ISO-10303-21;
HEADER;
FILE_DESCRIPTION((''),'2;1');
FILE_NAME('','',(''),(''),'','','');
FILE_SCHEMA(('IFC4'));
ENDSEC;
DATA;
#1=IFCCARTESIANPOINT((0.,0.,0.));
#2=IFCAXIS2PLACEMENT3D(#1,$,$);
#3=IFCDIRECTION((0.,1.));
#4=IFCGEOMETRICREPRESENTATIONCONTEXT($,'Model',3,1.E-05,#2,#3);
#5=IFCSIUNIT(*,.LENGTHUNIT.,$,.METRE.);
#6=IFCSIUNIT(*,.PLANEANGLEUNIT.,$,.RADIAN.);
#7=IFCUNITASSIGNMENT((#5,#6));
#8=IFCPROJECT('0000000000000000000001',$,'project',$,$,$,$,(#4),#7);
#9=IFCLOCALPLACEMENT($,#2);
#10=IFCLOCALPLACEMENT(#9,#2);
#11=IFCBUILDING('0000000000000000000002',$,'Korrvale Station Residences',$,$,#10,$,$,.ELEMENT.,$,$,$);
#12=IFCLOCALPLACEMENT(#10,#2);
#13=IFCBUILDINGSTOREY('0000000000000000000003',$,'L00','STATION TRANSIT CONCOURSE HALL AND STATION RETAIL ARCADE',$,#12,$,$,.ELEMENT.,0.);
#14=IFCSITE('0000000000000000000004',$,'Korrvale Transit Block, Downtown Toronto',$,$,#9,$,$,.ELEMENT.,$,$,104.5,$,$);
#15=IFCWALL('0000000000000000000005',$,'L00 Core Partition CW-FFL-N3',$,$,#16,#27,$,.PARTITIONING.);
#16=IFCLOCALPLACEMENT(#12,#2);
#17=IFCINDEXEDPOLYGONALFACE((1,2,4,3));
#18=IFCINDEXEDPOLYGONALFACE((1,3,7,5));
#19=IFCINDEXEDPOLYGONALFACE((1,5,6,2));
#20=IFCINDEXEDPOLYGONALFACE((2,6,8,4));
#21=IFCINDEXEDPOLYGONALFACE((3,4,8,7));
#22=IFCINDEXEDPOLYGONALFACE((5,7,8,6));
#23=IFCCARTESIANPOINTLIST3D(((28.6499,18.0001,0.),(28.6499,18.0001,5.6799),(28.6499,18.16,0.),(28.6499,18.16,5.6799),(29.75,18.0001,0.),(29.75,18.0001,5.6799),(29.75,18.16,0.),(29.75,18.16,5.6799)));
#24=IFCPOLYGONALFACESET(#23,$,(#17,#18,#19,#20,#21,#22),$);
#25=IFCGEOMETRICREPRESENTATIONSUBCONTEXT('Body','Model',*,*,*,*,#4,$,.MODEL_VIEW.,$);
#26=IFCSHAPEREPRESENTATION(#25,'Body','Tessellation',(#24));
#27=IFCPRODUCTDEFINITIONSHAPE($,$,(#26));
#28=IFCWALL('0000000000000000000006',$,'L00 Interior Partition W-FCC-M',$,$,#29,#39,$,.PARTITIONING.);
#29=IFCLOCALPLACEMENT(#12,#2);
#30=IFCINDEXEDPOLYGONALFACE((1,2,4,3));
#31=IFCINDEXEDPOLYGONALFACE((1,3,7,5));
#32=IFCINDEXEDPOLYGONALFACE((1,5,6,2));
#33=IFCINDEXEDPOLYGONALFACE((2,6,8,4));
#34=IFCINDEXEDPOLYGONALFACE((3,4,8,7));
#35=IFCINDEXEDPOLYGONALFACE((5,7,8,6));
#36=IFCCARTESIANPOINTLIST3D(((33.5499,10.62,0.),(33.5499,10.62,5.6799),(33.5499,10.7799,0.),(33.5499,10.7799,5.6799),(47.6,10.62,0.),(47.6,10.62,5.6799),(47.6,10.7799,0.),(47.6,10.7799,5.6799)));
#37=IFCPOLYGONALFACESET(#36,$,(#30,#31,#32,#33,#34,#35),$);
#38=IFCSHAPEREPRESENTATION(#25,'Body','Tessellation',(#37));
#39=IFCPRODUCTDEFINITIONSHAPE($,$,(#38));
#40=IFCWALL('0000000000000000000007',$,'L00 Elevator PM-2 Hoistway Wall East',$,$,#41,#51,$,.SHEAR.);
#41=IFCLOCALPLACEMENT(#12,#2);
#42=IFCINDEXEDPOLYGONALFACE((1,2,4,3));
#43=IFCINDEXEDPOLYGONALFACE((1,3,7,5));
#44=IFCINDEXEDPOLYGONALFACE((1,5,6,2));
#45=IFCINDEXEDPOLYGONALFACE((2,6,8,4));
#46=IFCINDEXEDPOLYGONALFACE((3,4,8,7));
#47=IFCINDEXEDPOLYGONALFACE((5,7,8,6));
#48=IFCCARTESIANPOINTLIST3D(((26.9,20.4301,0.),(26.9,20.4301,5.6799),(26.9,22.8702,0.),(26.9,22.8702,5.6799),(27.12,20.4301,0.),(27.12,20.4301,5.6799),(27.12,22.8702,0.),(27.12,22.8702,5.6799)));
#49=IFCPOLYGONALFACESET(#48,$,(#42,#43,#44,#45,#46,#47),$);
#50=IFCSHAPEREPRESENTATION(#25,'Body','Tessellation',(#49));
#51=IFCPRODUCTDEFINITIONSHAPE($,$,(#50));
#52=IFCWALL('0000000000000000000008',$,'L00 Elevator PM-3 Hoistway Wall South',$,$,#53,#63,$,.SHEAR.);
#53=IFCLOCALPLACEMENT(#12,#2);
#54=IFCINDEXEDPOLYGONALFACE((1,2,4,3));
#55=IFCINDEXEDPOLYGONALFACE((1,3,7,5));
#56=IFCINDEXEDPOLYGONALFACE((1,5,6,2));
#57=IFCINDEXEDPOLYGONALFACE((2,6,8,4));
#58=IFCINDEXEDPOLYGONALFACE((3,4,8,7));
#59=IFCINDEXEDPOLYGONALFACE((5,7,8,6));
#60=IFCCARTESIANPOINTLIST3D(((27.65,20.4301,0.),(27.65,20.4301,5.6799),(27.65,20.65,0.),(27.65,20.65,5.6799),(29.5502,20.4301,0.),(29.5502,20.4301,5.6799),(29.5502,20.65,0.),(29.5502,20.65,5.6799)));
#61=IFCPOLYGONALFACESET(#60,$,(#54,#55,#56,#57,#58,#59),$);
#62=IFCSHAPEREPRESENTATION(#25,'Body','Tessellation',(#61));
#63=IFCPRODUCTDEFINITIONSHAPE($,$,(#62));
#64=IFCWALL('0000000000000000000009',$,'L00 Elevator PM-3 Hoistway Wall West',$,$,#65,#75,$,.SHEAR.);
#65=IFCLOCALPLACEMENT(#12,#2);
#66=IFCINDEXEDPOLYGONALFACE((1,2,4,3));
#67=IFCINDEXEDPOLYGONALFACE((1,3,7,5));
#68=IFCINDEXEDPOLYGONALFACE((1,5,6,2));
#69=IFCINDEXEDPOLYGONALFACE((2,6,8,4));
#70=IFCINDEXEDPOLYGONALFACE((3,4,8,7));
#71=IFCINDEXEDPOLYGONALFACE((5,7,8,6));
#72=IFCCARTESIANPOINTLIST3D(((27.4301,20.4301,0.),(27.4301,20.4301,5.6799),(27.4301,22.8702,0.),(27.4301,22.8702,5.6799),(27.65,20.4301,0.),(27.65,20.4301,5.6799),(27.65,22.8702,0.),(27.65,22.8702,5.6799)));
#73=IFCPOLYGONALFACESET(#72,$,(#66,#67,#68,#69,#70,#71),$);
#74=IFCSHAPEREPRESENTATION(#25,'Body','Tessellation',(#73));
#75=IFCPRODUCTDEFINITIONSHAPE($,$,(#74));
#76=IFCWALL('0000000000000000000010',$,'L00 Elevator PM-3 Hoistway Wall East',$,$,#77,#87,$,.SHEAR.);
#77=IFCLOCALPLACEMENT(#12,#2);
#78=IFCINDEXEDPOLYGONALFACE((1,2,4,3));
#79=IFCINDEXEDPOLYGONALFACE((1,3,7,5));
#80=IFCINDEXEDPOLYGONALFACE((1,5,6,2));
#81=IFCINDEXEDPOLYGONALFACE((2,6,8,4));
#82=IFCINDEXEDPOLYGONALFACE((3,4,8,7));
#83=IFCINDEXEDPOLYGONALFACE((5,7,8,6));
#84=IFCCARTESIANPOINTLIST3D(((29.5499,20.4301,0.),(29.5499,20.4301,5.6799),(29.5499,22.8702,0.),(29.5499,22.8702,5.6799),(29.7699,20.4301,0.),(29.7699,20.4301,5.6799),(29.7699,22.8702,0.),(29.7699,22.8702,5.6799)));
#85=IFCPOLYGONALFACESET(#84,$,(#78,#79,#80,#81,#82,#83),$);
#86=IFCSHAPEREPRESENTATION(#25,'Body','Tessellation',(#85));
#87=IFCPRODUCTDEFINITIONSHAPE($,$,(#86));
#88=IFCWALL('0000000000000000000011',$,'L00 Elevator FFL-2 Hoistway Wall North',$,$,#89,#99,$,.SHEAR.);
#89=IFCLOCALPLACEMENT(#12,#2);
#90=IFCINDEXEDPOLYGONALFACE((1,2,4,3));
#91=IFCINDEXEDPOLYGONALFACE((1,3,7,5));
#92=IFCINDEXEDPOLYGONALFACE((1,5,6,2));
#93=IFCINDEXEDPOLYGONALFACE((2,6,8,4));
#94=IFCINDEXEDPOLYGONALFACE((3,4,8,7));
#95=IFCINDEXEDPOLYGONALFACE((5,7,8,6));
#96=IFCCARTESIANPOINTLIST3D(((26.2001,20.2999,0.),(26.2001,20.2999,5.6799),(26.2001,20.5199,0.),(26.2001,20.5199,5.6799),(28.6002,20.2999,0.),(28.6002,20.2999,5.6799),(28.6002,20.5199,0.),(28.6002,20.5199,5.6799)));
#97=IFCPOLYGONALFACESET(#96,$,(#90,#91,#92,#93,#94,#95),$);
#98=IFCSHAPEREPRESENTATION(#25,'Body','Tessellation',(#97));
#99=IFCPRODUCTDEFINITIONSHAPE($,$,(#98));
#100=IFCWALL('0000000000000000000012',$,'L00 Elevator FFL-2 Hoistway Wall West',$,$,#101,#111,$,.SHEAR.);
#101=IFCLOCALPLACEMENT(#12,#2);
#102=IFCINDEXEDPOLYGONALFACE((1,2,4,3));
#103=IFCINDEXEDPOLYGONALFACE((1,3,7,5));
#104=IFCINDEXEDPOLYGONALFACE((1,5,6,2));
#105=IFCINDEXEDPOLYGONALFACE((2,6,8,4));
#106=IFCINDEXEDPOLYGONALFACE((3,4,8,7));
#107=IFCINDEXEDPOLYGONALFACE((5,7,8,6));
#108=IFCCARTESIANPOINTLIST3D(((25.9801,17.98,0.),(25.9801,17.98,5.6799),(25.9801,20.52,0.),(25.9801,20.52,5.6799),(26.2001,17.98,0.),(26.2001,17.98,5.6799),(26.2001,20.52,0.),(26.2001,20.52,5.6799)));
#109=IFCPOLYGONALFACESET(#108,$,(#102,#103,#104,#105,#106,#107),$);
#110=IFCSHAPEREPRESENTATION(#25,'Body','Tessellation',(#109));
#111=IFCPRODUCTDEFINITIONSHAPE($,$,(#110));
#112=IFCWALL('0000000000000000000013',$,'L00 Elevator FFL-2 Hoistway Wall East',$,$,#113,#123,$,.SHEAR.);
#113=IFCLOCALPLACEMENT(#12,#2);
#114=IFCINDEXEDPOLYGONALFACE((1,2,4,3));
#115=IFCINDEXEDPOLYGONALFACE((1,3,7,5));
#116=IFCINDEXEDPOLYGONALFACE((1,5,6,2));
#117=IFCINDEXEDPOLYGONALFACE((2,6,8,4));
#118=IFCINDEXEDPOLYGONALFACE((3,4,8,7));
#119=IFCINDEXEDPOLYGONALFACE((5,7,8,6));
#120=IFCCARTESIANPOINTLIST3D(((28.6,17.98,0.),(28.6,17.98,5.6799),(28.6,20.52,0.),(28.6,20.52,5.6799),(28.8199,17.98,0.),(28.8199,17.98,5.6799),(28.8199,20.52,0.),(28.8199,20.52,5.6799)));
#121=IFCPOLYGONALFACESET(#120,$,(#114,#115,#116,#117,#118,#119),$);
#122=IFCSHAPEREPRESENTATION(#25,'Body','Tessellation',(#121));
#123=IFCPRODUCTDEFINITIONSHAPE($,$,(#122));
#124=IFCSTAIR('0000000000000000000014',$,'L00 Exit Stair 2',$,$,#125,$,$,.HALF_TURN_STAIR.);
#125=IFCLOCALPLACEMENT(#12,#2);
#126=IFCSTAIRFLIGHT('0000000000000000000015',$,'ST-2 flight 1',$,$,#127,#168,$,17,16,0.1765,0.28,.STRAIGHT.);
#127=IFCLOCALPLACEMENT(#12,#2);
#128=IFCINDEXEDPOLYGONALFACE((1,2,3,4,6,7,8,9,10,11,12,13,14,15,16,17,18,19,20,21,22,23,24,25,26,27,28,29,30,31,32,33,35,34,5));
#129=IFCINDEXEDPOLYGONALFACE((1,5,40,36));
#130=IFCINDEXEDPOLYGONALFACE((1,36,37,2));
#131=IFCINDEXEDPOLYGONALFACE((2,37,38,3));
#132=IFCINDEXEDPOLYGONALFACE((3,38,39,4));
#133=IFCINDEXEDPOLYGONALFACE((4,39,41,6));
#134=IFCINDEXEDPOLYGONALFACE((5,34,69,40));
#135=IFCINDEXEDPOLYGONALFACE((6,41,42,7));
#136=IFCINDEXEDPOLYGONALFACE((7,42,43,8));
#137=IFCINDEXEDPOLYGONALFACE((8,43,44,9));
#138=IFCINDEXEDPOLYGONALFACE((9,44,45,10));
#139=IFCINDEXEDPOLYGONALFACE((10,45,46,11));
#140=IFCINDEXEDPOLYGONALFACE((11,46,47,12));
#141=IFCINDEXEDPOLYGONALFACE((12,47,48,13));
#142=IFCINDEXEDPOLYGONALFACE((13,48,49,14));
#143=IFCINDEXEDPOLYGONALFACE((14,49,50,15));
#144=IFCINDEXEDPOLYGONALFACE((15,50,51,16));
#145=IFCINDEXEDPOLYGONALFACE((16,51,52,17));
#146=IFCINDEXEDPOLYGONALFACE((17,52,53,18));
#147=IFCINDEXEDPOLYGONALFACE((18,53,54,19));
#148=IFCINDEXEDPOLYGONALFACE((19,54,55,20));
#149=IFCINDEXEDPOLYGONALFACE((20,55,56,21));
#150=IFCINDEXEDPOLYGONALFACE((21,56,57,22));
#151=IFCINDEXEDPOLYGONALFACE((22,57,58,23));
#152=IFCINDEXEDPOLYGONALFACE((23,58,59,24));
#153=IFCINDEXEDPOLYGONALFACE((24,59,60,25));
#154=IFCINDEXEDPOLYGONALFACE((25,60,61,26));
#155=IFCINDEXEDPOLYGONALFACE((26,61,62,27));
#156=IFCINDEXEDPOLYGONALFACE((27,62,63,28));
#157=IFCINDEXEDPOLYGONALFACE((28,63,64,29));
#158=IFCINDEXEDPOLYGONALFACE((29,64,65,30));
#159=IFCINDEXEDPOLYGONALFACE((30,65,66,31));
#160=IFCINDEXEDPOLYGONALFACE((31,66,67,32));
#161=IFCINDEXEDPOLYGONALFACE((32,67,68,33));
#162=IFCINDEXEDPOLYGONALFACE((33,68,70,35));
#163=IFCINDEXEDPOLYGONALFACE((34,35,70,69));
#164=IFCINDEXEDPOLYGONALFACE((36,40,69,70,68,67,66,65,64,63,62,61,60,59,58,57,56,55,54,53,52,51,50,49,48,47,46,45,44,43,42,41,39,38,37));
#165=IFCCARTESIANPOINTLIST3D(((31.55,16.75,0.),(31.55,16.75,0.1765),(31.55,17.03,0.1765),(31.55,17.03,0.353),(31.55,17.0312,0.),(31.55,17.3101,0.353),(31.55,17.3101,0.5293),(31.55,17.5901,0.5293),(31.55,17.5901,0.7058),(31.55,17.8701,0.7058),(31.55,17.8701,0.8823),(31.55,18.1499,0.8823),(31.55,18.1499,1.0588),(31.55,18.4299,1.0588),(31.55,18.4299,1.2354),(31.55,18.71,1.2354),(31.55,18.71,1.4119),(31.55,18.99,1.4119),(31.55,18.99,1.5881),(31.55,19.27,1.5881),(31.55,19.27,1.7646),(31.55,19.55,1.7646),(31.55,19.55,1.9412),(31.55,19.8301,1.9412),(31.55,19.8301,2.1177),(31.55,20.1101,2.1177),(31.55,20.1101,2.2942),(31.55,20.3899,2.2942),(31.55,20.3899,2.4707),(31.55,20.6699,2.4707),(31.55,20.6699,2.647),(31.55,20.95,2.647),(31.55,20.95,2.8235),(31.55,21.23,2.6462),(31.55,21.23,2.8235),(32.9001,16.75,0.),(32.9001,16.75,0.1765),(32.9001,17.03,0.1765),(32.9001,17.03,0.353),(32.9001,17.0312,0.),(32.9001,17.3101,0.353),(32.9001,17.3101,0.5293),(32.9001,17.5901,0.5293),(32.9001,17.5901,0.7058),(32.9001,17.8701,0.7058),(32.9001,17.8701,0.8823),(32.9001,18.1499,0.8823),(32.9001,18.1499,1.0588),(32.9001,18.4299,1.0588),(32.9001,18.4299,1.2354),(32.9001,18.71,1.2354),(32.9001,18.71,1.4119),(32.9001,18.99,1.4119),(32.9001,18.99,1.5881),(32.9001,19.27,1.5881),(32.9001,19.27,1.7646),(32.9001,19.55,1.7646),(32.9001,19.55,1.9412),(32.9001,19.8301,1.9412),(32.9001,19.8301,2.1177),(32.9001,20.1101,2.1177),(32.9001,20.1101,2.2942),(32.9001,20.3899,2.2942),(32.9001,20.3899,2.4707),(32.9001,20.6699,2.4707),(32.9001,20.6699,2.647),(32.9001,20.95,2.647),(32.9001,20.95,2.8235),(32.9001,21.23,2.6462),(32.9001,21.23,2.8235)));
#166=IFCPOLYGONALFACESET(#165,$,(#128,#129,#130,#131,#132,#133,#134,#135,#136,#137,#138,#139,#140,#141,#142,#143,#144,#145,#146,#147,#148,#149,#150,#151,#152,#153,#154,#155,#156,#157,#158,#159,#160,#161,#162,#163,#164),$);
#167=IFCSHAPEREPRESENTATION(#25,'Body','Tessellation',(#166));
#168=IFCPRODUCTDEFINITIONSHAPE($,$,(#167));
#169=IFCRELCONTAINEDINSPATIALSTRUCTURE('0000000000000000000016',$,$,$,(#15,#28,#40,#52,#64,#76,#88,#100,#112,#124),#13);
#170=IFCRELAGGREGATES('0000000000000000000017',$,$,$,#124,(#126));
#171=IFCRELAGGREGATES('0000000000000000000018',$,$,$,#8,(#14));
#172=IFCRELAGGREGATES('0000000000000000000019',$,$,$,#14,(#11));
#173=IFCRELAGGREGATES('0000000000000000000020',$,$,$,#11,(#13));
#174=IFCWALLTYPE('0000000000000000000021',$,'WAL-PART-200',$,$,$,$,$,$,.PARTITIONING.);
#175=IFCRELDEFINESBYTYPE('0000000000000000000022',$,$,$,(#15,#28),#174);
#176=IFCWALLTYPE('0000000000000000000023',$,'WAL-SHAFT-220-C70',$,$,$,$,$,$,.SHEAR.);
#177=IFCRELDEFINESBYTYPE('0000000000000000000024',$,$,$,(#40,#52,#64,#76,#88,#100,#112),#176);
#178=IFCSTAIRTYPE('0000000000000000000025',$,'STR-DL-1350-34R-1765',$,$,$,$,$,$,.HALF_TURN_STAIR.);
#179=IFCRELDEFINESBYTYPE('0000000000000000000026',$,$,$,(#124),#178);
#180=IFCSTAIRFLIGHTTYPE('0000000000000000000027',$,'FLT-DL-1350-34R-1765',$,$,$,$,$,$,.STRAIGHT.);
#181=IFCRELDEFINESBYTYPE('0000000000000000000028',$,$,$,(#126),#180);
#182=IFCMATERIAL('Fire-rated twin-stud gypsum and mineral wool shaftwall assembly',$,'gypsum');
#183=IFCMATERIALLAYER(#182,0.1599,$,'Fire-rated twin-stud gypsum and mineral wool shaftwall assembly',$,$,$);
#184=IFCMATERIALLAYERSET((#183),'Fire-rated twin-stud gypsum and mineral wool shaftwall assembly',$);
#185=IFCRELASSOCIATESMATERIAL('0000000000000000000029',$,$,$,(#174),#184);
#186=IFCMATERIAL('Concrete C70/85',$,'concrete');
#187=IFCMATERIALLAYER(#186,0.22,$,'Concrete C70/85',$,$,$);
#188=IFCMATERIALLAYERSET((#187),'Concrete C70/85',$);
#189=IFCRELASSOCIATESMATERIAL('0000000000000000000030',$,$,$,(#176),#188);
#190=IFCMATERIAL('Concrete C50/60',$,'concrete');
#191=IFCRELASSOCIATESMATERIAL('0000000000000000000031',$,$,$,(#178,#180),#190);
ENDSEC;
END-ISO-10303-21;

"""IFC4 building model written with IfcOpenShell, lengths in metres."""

from ifc_helpers import new_model, si_unit, direction, frame, frame_2d, origin, place, context, subcontext, project, spatial, polyline, rectangle, outline, extrude, material, layer, layer_set, type_object, element, aggregate, save


model = new_model("IFC4")

# Units and contexts
model_context = context("Model", 3, precision=1e-05, world=origin(), true_north=direction((0.0, 1.0)))
body_context = subcontext(model_context, "Body", "Model", "MODEL_VIEW")
ifc_project = project(units=[si_unit("LENGTHUNIT", "METRE"), si_unit("PLANEANGLEUNIT", "RADIAN")], contexts=[model_context])

# Site, building, storey
site_placement = place(None, origin())
site = spatial("IfcSite", under=ifc_project, at=site_placement, Name="Korrvale Transit Block, Downtown Toronto", CompositionType="ELEMENT", RefElevation=104.5)
building_placement = place(site_placement, origin())
building = spatial("IfcBuilding", under=site, at=building_placement, Name="Korrvale Station Residences", CompositionType="ELEMENT")
storey_placement = place(building_placement, origin())
storey = spatial("IfcBuildingStorey", under=building, at=storey_placement, Name="L00", Description="STATION TRANSIT CONCOURSE HALL AND STATION RETAIL ARCADE", CompositionType="ELEMENT", Elevation=0.0)

# Shared definitions
ifc_material_1 = material(Name="Concrete C70/85", Category="concrete")

# Walls
ifc_material_2 = material(Name="Fire-rated twin-stud gypsum and mineral wool shaftwall assembly", Category="gypsum")
ifc_layer_1 = layer(ifc_material_2, 0.1599, Name="Fire-rated twin-stud gypsum and mineral wool shaftwall assembly")
ifc_layer_set_1 = layer_set([ifc_layer_1], Name="Fire-rated twin-stud gypsum and mineral wool shaftwall assembly")
wall_type_1 = type_object("IfcWallType", Name="WAL-PART-200", PredefinedType="PARTITIONING", material=ifc_layer_set_1)
wall_1_placement = place(storey_placement, frame((28.6499, 18.0801, 0.0), z_axis=(0.0, 0.0, 1.0), x_axis=(1.0, 0.0, 0.0)))
element("IfcWall", 1, at=wall_1_placement, inside=storey, type_object=wall_type_1, Name="L00 Core Partition CW-FFL-N3", PredefinedType="PARTITIONING", context=body_context, shape_type="SweptSolid", body=[
    extrude(rectangle(XDim=1.1001, YDim=0.1599, at=frame_2d((0.55, 0.0))), origin(), (0.0, 0.0, 1.0), 5.6799),
])
wall_2_placement = place(storey_placement, frame((33.55, 10.7, 0.0), z_axis=(0.0, 0.0, 1.0), x_axis=(1.0, 0.0, 0.0)))
element("IfcWall", 2, at=wall_2_placement, inside=storey, type_object=wall_type_1, Name="L00 Interior Partition W-FCC-M", PredefinedType="PARTITIONING", context=body_context, shape_type="SweptSolid", body=[
    extrude(rectangle(XDim=14.05, YDim=0.1599, at=frame_2d((7.0249, 0.0))), origin(), (0.0, 0.0, 1.0), 5.6799),
])
ifc_layer_2 = layer(ifc_material_1, 0.22, Name="Concrete C70/85")
ifc_layer_set_2 = layer_set([ifc_layer_2], Name="Concrete C70/85")
wall_type_2 = type_object("IfcWallType", Name="WAL-SHAFT-220-C70", PredefinedType="SHEAR", material=ifc_layer_set_2)
wall_3_placement = place(storey_placement, frame((27.01, 20.4299, 0.0), z_axis=(0.0, 0.0, 1.0), x_axis=(0.0, 1.0, 0.0)))
element("IfcWall", 3, at=wall_3_placement, inside=storey, type_object=wall_type_2, Name="L00 Elevator PM-2 Hoistway Wall East", PredefinedType="SHEAR", context=body_context, shape_type="SweptSolid", body=[
    extrude(rectangle(XDim=2.4402, YDim=0.22, at=frame_2d((1.2202, 0.0))), origin(), (0.0, 0.0, 1.0), 5.6799),
])
wall_4_placement = place(storey_placement, frame((27.6499, 20.54, 0.0), z_axis=(0.0, 0.0, 1.0), x_axis=(1.0, 0.0, 0.0)))
element("IfcWall", 4, at=wall_4_placement, inside=storey, type_object=wall_type_2, Name="L00 Elevator PM-3 Hoistway Wall South", PredefinedType="SHEAR", context=body_context, shape_type="SweptSolid", body=[
    extrude(rectangle(XDim=1.9001, YDim=0.22, at=frame_2d((0.9502, 0.0))), origin(), (0.0, 0.0, 1.0), 5.6799),
])

# Walls
for number, where, z_axis, x_axis, name in (
    (5, (27.54, 20.4299, 0.0), (0.0, 0.0, 1.0), (0.0, 1.0, 0.0), "L00 Elevator PM-3 Hoistway Wall West"),
    (6, (29.6599, 20.4299, 0.0), (0.0, 0.0, 1.0), (0.0, 1.0, 0.0), "L00 Elevator PM-3 Hoistway Wall East"),
):
    element("IfcWall", number, at=place(storey_placement, frame(where, z_axis=z_axis, x_axis=x_axis)), inside=storey, type_object=wall_type_2, Name=name, PredefinedType="SHEAR", context=body_context, shape_type="SweptSolid", body=[
        extrude(rectangle(XDim=2.4402, YDim=0.22, at=frame_2d((1.2202, 0.0))), origin(), (0.0, 0.0, 1.0), 5.6799),
    ])

# Walls
wall_5_placement = place(storey_placement, frame((26.2, 20.4099, 0.0), z_axis=(0.0, 0.0, 1.0), x_axis=(1.0, 0.0, 0.0)))
element("IfcWall", 7, at=wall_5_placement, inside=storey, type_object=wall_type_2, Name="L00 Elevator FFL-2 Hoistway Wall North", PredefinedType="SHEAR", context=body_context, shape_type="SweptSolid", body=[
    extrude(rectangle(XDim=2.4001, YDim=0.22, at=frame_2d((1.2002, 0.0))), origin(), (0.0, 0.0, 1.0), 5.6799),
])
for number, where, z_axis, x_axis, name in (
    (8, (26.0901, 17.98, 0.0), (0.0, 0.0, 1.0), (0.0, 1.0, 0.0), "L00 Elevator FFL-2 Hoistway Wall West"),
    (9, (28.71, 17.98, 0.0), (0.0, 0.0, 1.0), (0.0, 1.0, 0.0), "L00 Elevator FFL-2 Hoistway Wall East"),
):
    element("IfcWall", number, at=place(storey_placement, frame(where, z_axis=z_axis, x_axis=x_axis)), inside=storey, type_object=wall_type_2, Name=name, PredefinedType="SHEAR", context=body_context, shape_type="SweptSolid", body=[
        extrude(rectangle(XDim=2.54, YDim=0.22, at=frame_2d((1.27, 0.0))), origin(), (0.0, 0.0, 1.0), 5.6799),
    ])

# Stair, stair flight
ifc_material_3 = material(Name="Concrete C50/60", Category="concrete")
stair_type = type_object("IfcStairType", Name="STR-DL-1350-34R-1765", PredefinedType="HALF_TURN_STAIR", material=ifc_material_3)
stair_placement = place(storey_placement, origin())
stair = element("IfcStair", 10, at=stair_placement, inside=storey, type_object=stair_type, Name="L00 Exit Stair 2", PredefinedType="HALF_TURN_STAIR")
stair_flight_type = type_object("IfcStairFlightType", Name="FLT-DL-1350-34R-1765", PredefinedType="STRAIGHT", material=ifc_material_3)
stair_flight_1_placement = place(storey_placement, frame((32.2251, 16.75, 0.0), z_axis=(0.0, 0.0, 1.0), x_axis=(0.0, 1.0, 0.0)))
stair_flight_1 = element("IfcStairFlight", 11, at=stair_flight_1_placement, type_object=stair_flight_type, Name="ST-2 flight 1", NumberOfRisers=17, NumberOfTreads=16, PredefinedType="STRAIGHT", RiserHeight=0.1765, TreadLength=0.28, context=body_context, shape_type="SweptSolid", body=[
    extrude(outline(polyline([(0.0, 0.0), (0.0, 0.1765), (0.28, 0.1765), (0.28, 0.353), (0.5601, 0.353), (0.5601, 0.5293), (0.8401, 0.5293), (0.8401, 0.7058), (1.1201, 0.7058), (1.1201, 0.8823), (1.3999, 0.8823), (1.3999, 1.0588), (1.6799, 1.0588), (1.6799, 1.2354), (1.96, 1.2354), (1.96, 1.4119), (2.24, 1.4119), (2.24, 1.5881), (2.52, 1.5881), (2.52, 1.7646), (2.8, 1.7646), (2.8, 1.9412), (3.0801, 1.9412), (3.0801, 2.1177), (3.3601, 2.1177), (3.3601, 2.2942), (3.6399, 2.2942), (3.6399, 2.4707), (3.9199, 2.4707), (3.9199, 2.647), (4.2, 2.647), (4.2, 2.8235), (4.48, 2.8235), (4.48, 3.0), (4.48, 2.6462), (0.2812, 0.0), (0.0, 0.0)])), frame((0.0, 0.675, 0.0), z_axis=(0.0, -1.0, 0.0), x_axis=(1.0, 0.0, 0.0)), (0.0, 0.0, 1.0), 1.3501),
])
aggregate(stair, [stair_flight_1])

save(model, "model.ifc")
